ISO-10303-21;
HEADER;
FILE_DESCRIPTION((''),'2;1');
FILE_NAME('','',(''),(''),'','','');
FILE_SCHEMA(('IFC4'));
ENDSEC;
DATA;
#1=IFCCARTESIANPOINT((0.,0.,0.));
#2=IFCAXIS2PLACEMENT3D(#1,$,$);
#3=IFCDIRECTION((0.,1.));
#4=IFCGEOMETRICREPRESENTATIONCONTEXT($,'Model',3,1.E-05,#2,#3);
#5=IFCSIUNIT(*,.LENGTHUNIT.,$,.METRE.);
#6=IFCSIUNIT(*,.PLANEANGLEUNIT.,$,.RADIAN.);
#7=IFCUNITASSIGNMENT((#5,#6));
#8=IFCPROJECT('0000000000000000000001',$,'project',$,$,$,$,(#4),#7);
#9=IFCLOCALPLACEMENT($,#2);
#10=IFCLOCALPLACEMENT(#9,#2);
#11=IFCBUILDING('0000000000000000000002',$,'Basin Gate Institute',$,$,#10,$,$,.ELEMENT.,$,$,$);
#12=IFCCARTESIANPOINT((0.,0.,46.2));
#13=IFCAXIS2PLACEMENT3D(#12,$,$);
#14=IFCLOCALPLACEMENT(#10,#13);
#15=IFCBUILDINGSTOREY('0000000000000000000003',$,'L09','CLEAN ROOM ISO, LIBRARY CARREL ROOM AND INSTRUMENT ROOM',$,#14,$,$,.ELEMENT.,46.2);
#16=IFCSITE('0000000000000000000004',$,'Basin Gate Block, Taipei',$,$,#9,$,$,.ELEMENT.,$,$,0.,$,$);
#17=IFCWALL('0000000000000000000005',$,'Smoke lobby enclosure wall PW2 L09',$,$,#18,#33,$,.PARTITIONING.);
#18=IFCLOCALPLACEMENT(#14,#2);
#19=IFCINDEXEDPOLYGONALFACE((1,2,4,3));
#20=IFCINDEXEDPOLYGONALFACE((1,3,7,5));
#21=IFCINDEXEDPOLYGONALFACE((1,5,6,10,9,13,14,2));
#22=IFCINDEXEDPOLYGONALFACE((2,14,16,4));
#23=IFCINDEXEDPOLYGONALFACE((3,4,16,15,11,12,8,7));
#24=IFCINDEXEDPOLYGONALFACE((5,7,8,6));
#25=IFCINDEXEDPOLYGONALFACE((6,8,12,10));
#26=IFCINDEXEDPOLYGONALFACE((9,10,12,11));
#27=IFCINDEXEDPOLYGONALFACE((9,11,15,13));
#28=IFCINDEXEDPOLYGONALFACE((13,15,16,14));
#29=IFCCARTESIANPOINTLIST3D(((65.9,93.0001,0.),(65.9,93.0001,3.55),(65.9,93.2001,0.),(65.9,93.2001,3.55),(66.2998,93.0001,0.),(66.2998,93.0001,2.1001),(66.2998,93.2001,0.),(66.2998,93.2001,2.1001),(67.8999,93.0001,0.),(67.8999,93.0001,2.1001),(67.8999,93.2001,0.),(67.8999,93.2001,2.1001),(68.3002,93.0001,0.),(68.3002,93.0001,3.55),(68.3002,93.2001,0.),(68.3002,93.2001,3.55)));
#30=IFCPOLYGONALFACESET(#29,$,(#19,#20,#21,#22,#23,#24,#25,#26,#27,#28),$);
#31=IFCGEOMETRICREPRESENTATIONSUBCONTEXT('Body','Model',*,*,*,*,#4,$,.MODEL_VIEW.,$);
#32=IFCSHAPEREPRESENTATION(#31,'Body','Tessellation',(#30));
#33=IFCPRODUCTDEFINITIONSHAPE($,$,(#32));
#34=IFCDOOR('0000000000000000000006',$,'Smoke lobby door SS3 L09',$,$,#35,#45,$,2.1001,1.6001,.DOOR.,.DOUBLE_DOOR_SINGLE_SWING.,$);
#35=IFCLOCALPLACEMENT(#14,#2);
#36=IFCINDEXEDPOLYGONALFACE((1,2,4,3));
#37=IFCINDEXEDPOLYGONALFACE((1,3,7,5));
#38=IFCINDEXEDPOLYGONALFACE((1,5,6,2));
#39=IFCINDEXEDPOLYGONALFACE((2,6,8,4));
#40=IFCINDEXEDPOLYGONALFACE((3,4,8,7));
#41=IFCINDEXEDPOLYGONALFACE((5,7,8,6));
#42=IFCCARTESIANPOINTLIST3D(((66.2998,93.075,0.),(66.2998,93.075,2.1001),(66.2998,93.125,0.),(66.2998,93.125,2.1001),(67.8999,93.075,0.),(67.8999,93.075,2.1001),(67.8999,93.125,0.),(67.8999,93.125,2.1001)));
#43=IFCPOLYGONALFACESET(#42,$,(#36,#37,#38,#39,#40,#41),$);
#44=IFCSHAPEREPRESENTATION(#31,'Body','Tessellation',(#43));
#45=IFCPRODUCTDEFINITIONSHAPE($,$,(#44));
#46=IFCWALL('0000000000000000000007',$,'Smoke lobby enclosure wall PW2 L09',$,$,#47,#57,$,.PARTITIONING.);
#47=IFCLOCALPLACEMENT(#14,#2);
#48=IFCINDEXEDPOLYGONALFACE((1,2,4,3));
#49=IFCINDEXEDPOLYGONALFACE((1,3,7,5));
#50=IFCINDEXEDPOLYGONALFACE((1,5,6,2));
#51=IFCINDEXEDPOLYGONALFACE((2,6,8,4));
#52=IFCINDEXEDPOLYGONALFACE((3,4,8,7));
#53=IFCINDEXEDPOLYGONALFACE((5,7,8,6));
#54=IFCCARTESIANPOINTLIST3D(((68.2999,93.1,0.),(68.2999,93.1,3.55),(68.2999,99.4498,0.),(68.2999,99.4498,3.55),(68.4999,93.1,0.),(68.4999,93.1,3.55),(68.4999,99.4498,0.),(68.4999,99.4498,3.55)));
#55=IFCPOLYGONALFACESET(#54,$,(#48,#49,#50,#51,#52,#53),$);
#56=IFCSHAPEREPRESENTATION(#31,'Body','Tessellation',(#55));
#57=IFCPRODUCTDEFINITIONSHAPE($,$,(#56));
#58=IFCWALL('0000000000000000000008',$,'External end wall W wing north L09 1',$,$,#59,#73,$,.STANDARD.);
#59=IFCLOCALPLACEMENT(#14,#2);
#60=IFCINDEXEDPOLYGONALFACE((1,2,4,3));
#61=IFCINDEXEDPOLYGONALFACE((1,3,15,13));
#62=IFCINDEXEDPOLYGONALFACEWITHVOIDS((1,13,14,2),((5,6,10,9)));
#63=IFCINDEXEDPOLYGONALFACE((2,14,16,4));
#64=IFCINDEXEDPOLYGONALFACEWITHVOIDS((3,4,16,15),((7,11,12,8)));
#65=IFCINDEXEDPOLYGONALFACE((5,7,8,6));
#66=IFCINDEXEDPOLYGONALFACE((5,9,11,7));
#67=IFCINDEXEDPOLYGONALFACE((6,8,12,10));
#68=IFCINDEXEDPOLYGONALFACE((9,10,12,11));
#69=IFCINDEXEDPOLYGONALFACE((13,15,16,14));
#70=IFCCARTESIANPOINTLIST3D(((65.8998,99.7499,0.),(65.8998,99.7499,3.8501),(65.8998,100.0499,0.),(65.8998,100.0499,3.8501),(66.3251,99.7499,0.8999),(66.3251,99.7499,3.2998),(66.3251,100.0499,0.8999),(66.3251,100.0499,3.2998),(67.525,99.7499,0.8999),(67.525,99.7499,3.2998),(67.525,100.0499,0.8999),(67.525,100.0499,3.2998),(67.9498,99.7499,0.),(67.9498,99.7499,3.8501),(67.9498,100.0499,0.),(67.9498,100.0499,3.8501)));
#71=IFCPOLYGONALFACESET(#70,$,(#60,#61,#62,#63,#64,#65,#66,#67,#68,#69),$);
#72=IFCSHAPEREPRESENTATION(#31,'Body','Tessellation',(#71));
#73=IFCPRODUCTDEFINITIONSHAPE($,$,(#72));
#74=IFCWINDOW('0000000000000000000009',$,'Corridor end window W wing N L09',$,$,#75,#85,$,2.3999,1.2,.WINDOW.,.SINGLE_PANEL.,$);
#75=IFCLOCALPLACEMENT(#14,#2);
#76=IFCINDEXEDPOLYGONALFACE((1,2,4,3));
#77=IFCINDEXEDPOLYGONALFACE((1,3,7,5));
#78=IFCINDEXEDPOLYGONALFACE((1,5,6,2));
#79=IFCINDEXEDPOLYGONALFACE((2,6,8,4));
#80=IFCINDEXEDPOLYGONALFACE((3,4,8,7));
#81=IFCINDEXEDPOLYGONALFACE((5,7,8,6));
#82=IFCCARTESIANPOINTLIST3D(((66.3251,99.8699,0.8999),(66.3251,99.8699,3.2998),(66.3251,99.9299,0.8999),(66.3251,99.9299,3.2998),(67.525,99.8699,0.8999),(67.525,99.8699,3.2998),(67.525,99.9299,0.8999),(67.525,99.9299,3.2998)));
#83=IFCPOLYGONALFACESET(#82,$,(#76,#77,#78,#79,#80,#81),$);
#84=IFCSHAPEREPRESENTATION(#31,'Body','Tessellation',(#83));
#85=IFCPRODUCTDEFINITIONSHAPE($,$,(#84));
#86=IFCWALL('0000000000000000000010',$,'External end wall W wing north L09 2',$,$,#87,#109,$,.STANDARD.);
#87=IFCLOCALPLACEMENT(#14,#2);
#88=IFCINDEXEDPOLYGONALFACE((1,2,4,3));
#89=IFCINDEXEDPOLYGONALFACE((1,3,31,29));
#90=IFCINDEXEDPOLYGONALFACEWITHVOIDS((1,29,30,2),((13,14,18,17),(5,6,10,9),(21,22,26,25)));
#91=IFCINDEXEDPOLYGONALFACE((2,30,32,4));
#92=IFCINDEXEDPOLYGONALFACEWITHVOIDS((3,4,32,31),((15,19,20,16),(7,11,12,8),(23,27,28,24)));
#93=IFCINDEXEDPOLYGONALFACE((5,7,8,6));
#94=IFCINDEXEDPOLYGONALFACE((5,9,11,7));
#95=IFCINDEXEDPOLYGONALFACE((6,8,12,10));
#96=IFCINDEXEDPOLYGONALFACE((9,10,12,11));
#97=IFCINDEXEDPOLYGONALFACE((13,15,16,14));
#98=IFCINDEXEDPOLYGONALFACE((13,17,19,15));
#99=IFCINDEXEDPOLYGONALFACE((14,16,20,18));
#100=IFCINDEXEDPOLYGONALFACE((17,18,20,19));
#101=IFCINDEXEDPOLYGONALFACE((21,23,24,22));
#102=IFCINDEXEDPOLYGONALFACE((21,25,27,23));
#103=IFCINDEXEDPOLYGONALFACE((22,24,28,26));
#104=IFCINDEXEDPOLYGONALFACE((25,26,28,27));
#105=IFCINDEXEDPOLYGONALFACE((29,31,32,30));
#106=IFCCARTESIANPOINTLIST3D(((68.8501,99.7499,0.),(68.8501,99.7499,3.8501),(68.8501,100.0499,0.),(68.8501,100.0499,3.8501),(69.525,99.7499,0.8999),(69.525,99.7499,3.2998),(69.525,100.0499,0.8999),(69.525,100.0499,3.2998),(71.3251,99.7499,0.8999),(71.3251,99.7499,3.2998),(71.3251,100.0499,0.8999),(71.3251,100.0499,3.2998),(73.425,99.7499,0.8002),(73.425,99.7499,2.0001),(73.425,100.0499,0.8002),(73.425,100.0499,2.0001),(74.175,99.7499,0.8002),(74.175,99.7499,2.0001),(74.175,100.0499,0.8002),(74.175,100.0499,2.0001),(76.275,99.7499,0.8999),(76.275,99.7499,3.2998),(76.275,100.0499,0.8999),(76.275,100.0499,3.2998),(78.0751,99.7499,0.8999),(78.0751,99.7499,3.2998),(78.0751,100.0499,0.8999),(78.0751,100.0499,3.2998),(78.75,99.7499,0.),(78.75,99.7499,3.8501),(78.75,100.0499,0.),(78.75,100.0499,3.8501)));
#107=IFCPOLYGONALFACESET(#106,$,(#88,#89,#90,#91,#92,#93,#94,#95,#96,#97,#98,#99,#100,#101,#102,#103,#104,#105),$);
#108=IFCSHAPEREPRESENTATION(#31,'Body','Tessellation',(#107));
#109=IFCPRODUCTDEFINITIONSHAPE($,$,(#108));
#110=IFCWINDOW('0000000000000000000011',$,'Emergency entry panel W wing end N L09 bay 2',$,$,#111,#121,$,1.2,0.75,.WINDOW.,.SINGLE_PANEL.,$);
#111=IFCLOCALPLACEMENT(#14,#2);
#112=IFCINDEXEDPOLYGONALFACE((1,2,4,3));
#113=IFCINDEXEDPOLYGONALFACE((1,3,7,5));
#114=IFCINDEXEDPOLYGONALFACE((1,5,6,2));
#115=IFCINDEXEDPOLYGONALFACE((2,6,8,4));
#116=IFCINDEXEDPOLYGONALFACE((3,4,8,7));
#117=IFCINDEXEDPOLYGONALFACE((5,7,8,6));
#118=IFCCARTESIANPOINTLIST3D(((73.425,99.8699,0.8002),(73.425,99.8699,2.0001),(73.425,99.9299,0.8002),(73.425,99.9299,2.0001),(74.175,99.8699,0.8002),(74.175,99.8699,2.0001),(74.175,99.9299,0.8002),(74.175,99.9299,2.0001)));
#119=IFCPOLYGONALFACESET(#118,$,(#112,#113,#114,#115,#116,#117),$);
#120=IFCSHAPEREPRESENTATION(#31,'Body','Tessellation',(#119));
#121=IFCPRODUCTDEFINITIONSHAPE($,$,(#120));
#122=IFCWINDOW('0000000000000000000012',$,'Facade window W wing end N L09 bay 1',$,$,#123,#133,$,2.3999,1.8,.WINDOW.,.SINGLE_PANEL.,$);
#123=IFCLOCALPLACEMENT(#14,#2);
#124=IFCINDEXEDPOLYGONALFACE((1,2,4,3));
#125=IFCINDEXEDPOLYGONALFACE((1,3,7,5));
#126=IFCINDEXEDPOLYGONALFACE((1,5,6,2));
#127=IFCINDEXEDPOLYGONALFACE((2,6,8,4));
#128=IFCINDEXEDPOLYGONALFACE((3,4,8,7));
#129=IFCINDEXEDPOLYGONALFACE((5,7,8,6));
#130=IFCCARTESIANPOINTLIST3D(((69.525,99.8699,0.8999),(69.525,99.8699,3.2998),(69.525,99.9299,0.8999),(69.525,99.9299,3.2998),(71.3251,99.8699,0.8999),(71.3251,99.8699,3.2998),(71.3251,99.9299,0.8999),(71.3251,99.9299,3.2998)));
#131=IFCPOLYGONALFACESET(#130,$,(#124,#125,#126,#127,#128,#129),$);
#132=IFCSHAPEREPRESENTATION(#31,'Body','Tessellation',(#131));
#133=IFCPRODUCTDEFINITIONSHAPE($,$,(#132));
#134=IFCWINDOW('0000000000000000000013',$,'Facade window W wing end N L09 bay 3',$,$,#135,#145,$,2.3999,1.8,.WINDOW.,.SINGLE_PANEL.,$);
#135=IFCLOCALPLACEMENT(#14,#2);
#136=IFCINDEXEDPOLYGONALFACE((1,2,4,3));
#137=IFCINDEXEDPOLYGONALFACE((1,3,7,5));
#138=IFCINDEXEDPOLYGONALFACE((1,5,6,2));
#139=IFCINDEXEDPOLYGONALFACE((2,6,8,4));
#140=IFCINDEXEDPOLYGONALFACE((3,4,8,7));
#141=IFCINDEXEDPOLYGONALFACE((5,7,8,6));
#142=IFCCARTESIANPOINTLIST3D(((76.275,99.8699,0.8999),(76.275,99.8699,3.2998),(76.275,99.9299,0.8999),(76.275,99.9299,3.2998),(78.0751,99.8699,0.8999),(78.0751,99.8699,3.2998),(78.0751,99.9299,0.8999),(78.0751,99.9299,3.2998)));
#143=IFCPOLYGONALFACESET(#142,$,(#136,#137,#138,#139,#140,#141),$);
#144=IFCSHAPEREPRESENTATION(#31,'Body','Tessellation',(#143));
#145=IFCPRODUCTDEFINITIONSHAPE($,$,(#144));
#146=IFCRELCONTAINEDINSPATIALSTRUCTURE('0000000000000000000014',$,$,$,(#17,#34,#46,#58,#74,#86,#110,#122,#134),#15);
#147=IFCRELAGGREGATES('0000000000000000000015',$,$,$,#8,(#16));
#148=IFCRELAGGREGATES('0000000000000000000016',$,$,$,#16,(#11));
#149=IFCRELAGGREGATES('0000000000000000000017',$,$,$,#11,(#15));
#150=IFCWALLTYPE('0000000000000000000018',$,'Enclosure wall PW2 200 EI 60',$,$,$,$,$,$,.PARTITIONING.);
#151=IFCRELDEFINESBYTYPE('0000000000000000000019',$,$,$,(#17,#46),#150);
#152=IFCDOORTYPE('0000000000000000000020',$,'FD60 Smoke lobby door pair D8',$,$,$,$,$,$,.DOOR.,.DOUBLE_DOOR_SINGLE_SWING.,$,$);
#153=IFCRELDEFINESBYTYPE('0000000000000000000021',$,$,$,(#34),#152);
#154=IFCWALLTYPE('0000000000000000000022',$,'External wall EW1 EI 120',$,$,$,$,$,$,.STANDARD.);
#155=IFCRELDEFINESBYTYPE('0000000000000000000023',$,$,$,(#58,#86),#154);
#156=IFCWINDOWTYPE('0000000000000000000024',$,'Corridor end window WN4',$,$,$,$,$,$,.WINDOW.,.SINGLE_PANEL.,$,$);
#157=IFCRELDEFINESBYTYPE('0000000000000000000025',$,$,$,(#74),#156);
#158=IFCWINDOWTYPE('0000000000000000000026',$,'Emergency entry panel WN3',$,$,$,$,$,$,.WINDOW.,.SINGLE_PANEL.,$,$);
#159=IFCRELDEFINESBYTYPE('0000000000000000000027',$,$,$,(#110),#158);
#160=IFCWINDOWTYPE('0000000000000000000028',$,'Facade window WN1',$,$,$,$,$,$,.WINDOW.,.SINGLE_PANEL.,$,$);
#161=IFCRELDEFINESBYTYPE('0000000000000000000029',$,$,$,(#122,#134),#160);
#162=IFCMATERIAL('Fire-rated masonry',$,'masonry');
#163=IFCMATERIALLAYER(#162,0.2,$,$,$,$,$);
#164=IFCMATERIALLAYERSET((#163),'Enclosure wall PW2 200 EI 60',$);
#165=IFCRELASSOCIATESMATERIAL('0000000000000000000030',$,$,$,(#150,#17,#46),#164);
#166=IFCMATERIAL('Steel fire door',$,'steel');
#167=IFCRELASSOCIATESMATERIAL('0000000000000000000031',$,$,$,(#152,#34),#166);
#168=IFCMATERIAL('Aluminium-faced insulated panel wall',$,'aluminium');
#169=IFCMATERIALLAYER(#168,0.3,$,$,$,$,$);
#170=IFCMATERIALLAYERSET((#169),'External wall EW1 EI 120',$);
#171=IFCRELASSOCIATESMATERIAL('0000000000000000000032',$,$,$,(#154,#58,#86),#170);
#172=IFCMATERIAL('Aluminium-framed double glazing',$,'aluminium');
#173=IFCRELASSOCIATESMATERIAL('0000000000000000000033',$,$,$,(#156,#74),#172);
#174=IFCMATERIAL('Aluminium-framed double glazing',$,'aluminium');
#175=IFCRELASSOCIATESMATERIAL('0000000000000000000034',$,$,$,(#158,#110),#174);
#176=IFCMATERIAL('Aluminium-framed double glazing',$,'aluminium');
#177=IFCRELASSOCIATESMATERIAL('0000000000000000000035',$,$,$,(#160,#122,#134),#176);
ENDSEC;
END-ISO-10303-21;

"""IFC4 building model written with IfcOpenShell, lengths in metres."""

from ifc_helpers import new_model, si_unit, direction, frame, frame_2d, origin, place, context, subcontext, project, spatial, rectangle, extrude, material, layer, layer_set, type_object, element, fill, save


model = new_model("IFC4")

# Units and contexts
model_context = context("Model", 3, precision=1e-05, world=origin(), true_north=direction((0.0, 1.0)))
body_context = subcontext(model_context, "Body", "Model", "MODEL_VIEW")
ifc_project = project(units=[si_unit("LENGTHUNIT", "METRE"), si_unit("PLANEANGLEUNIT", "RADIAN")], contexts=[model_context])

# Site, building, storey
site_placement = place(None, origin())
site = spatial("IfcSite", under=ifc_project, at=site_placement, Name="Basin Gate Block, Taipei", CompositionType="ELEMENT", RefElevation=0.0)
building_placement = place(site_placement, origin())
building = spatial("IfcBuilding", under=site, at=building_placement, Name="Basin Gate Institute", CompositionType="ELEMENT")
storey_placement = place(building_placement, frame((0.0, 0.0, 46.2)))
storey = spatial("IfcBuildingStorey", under=building, at=storey_placement, Name="L09", Description="CLEAN ROOM ISO, LIBRARY CARREL ROOM AND INSTRUMENT ROOM", CompositionType="ELEMENT", Elevation=46.2)

# Wall, opening, door
ifc_material_1 = material(Name="Fire-rated masonry", Category="masonry")
ifc_layer_1 = layer(ifc_material_1, 0.2)
ifc_layer_set_1 = layer_set([ifc_layer_1], Name="Enclosure wall PW2 200 EI 60")
wall_type_1 = type_object("IfcWallType", Name="Enclosure wall PW2 200 EI 60", PredefinedType="PARTITIONING", material=ifc_layer_set_1)
wall_1_placement = place(storey_placement, frame((65.8999, 93.1001, 0.0), z_axis=(0.0, 0.0, 1.0), x_axis=(1.0, 0.0, 0.0)))
wall_1 = element("IfcWall", 1, at=wall_1_placement, inside=storey, type_object=wall_type_1, material=ifc_layer_set_1, Name="Smoke lobby enclosure wall PW2 L09", PredefinedType="PARTITIONING", context=body_context, shape_type="SweptSolid", body=[
    extrude(rectangle(XDim=2.4001, YDim=0.2, at=frame_2d((1.2002, 0.0))), origin(), (0.0, 0.0, 1.0), 3.55),
])
opening_1_placement = place(wall_1_placement, frame((0.3999, 0.0, 0.0)))
opening_1 = element("IfcOpeningElement", 2, at=opening_1_placement, cuts=wall_1, PredefinedType="OPENING", context=body_context, shape_type="SweptSolid", body=[
    extrude(rectangle(XDim=1.6001, YDim=2.1001, at=frame_2d((0.8, 1.05))), frame((0.0, 0.1099, 0.0), z_axis=(0.0, -1.0, 0.0), x_axis=(1.0, 0.0, 0.0)), (0.0, 0.0, 1.0), 0.22),
])
ifc_material_2 = material(Name="Steel fire door", Category="steel")
door_type_1 = type_object("IfcDoorType", Name="FD60 Smoke lobby door pair D8", OperationType="DOUBLE_DOOR_SINGLE_SWING", PredefinedType="DOOR", material=ifc_material_2)
door_1_placement = place(opening_1_placement, origin())
door_1 = element("IfcDoor", 3, at=door_1_placement, inside=storey, type_object=door_type_1, material=ifc_material_2, Name="Smoke lobby door SS3 L09", OperationType="DOUBLE_DOOR_SINGLE_SWING", OverallHeight=2.1001, OverallWidth=1.6001, PredefinedType="DOOR", context=body_context, shape_type="SweptSolid", body=[
    extrude(rectangle(XDim=1.6001, YDim=2.1001, at=frame_2d((0.8, 1.05))), frame((0.0, 0.0249, 0.0), z_axis=(0.0, -1.0, 0.0), x_axis=(1.0, 0.0, 0.0)), (0.0, 0.0, 1.0), 0.05),
])
fill(opening_1, door_1)

# Wall
wall_2_placement = place(storey_placement, frame((68.3999, 93.1001, 0.0), z_axis=(0.0, 0.0, 1.0), x_axis=(0.0, 1.0, 0.0)))
element("IfcWall", 4, at=wall_2_placement, inside=storey, type_object=wall_type_1, material=ifc_layer_set_1, Name="Smoke lobby enclosure wall PW2 L09", PredefinedType="PARTITIONING", context=body_context, shape_type="SweptSolid", body=[
    extrude(rectangle(XDim=6.3499, YDim=0.2, at=frame_2d((3.1748, 0.0))), origin(), (0.0, 0.0, 1.0), 3.55),
])

# Wall, opening, window
ifc_material_3 = material(Name="Aluminium-faced insulated panel wall", Category="aluminium")
ifc_layer_2 = layer(ifc_material_3, 0.3)
ifc_layer_set_2 = layer_set([ifc_layer_2], Name="External wall EW1 EI 120")
wall_type_2 = type_object("IfcWallType", Name="External wall EW1 EI 120", PredefinedType="STANDARD", material=ifc_layer_set_2)
wall_3_placement = place(storey_placement, frame((65.8999, 99.8999, 0.0), z_axis=(0.0, 0.0, 1.0), x_axis=(1.0, 0.0, 0.0)))
wall_3 = element("IfcWall", 5, at=wall_3_placement, inside=storey, type_object=wall_type_2, material=ifc_layer_set_2, Name="External end wall W wing north L09 1", PredefinedType="STANDARD", context=body_context, shape_type="SweptSolid", body=[
    extrude(rectangle(XDim=2.05, YDim=0.3, at=frame_2d((1.0249, 0.0))), origin(), (0.0, 0.0, 1.0), 3.8501),
])
opening_2_placement = place(wall_3_placement, frame((0.425, 0.0, 0.8999)))
opening_2 = element("IfcOpeningElement", 6, at=opening_2_placement, cuts=wall_3, PredefinedType="OPENING", context=body_context, shape_type="SweptSolid", body=[
    extrude(rectangle(XDim=1.2, YDim=2.3999, at=frame_2d((0.6001, 1.2))), frame((0.0, 0.1602, 0.0), z_axis=(0.0, -1.0, 0.0), x_axis=(1.0, 0.0, 0.0)), (0.0, 0.0, 1.0), 0.3201),
])
ifc_material_4 = material(Name="Aluminium-framed double glazing", Category="aluminium")
window_type_1 = type_object("IfcWindowType", Name="Corridor end window WN4", PartitioningType="SINGLE_PANEL", PredefinedType="WINDOW", material=ifc_material_4)
window_1_placement = place(opening_2_placement, origin())
window_1 = element("IfcWindow", 7, at=window_1_placement, inside=storey, type_object=window_type_1, material=ifc_material_4, Name="Corridor end window W wing N L09", OverallHeight=2.3999, OverallWidth=1.2, PartitioningType="SINGLE_PANEL", PredefinedType="WINDOW", context=body_context, shape_type="SweptSolid", body=[
    extrude(rectangle(XDim=1.2, YDim=2.3999, at=frame_2d((0.6001, 1.2))), frame((0.0, 0.03, 0.0), z_axis=(0.0, -1.0, 0.0), x_axis=(1.0, 0.0, 0.0)), (0.0, 0.0, 1.0), 0.0601),
])
fill(opening_2, window_1)

# Wall, openings, windows
wall_4_placement = place(storey_placement, frame((68.8501, 99.8999, 0.0), z_axis=(0.0, 0.0, 1.0), x_axis=(1.0, 0.0, 0.0)))
wall_4 = element("IfcWall", 8, at=wall_4_placement, inside=storey, type_object=wall_type_2, material=ifc_layer_set_2, Name="External end wall W wing north L09 2", PredefinedType="STANDARD", context=body_context, shape_type="SweptSolid", body=[
    extrude(rectangle(XDim=9.8999, YDim=0.3, at=frame_2d((4.95, 0.0))), origin(), (0.0, 0.0, 1.0), 3.8501),
])
opening_3_placement = place(wall_4_placement, frame((0.675, 0.0, 0.8999)))
opening_3 = element("IfcOpeningElement", 9, at=opening_3_placement, cuts=wall_4, PredefinedType="OPENING", context=body_context, shape_type="SweptSolid", body=[
    extrude(rectangle(XDim=1.8, YDim=2.3999, at=frame_2d((0.8999, 1.2))), frame((0.0, 0.1602, 0.0), z_axis=(0.0, -1.0, 0.0), x_axis=(1.0, 0.0, 0.0)), (0.0, 0.0, 1.0), 0.3201),
])
opening_4_placement = place(wall_4_placement, frame((4.575, 0.0, 0.8)))
opening_4 = element("IfcOpeningElement", 10, at=opening_4_placement, cuts=wall_4, PredefinedType="OPENING", context=body_context, shape_type="SweptSolid", body=[
    extrude(rectangle(XDim=0.75, YDim=1.2, at=frame_2d((0.375, 0.6001))), frame((0.0, 0.1602, 0.0), z_axis=(0.0, -1.0, 0.0), x_axis=(1.0, 0.0, 0.0)), (0.0, 0.0, 1.0), 0.3201),
])
opening_5_placement = place(wall_4_placement, frame((7.425, 0.0, 0.8999)))
opening_5 = element("IfcOpeningElement", 11, at=opening_5_placement, cuts=wall_4, PredefinedType="OPENING", context=body_context, shape_type="SweptSolid", body=[
    extrude(rectangle(XDim=1.8, YDim=2.3999, at=frame_2d((0.8999, 1.2))), frame((0.0, 0.1602, 0.0), z_axis=(0.0, -1.0, 0.0), x_axis=(1.0, 0.0, 0.0)), (0.0, 0.0, 1.0), 0.3201),
])
ifc_material_5 = material(Name="Aluminium-framed double glazing", Category="aluminium")
window_type_2 = type_object("IfcWindowType", Name="Emergency entry panel WN3", PartitioningType="SINGLE_PANEL", PredefinedType="WINDOW", material=ifc_material_5)
window_2_placement = place(opening_4_placement, origin())
window_2 = element("IfcWindow", 12, at=window_2_placement, inside=storey, type_object=window_type_2, material=ifc_material_5, Name="Emergency entry panel W wing end N L09 bay 2", OverallHeight=1.2, OverallWidth=0.75, PartitioningType="SINGLE_PANEL", PredefinedType="WINDOW", context=body_context, shape_type="SweptSolid", body=[
    extrude(rectangle(XDim=0.75, YDim=1.2, at=frame_2d((0.375, 0.6001))), frame((0.0, 0.03, 0.0), z_axis=(0.0, -1.0, 0.0), x_axis=(1.0, 0.0, 0.0)), (0.0, 0.0, 1.0), 0.0601),
])
fill(opening_4, window_2)
ifc_material_6 = material(Name="Aluminium-framed double glazing", Category="aluminium")
window_type_3 = type_object("IfcWindowType", Name="Facade window WN1", PartitioningType="SINGLE_PANEL", PredefinedType="WINDOW", material=ifc_material_6)
window_3_placement = place(opening_3_placement, origin())
window_3 = element("IfcWindow", 13, at=window_3_placement, inside=storey, type_object=window_type_3, material=ifc_material_6, Name="Facade window W wing end N L09 bay 1", OverallHeight=2.3999, OverallWidth=1.8, PartitioningType="SINGLE_PANEL", PredefinedType="WINDOW", context=body_context, shape_type="SweptSolid", body=[
    extrude(rectangle(XDim=1.8, YDim=2.3999, at=frame_2d((0.8999, 1.2))), frame((0.0, 0.03, 0.0), z_axis=(0.0, -1.0, 0.0), x_axis=(1.0, 0.0, 0.0)), (0.0, 0.0, 1.0), 0.0601),
])
fill(opening_3, window_3)
window_4_placement = place(opening_5_placement, origin())
window_4 = element("IfcWindow", 14, at=window_4_placement, inside=storey, type_object=window_type_3, material=ifc_material_6, Name="Facade window W wing end N L09 bay 3", OverallHeight=2.3999, OverallWidth=1.8, PartitioningType="SINGLE_PANEL", PredefinedType="WINDOW", context=body_context, shape_type="SweptSolid", body=[
    extrude(rectangle(XDim=1.8, YDim=2.3999, at=frame_2d((0.8999, 1.2))), frame((0.0, 0.03, 0.0), z_axis=(0.0, -1.0, 0.0), x_axis=(1.0, 0.0, 0.0)), (0.0, 0.0, 1.0), 0.0601),
])
fill(opening_5, window_4)

save(model, "model.ifc")
